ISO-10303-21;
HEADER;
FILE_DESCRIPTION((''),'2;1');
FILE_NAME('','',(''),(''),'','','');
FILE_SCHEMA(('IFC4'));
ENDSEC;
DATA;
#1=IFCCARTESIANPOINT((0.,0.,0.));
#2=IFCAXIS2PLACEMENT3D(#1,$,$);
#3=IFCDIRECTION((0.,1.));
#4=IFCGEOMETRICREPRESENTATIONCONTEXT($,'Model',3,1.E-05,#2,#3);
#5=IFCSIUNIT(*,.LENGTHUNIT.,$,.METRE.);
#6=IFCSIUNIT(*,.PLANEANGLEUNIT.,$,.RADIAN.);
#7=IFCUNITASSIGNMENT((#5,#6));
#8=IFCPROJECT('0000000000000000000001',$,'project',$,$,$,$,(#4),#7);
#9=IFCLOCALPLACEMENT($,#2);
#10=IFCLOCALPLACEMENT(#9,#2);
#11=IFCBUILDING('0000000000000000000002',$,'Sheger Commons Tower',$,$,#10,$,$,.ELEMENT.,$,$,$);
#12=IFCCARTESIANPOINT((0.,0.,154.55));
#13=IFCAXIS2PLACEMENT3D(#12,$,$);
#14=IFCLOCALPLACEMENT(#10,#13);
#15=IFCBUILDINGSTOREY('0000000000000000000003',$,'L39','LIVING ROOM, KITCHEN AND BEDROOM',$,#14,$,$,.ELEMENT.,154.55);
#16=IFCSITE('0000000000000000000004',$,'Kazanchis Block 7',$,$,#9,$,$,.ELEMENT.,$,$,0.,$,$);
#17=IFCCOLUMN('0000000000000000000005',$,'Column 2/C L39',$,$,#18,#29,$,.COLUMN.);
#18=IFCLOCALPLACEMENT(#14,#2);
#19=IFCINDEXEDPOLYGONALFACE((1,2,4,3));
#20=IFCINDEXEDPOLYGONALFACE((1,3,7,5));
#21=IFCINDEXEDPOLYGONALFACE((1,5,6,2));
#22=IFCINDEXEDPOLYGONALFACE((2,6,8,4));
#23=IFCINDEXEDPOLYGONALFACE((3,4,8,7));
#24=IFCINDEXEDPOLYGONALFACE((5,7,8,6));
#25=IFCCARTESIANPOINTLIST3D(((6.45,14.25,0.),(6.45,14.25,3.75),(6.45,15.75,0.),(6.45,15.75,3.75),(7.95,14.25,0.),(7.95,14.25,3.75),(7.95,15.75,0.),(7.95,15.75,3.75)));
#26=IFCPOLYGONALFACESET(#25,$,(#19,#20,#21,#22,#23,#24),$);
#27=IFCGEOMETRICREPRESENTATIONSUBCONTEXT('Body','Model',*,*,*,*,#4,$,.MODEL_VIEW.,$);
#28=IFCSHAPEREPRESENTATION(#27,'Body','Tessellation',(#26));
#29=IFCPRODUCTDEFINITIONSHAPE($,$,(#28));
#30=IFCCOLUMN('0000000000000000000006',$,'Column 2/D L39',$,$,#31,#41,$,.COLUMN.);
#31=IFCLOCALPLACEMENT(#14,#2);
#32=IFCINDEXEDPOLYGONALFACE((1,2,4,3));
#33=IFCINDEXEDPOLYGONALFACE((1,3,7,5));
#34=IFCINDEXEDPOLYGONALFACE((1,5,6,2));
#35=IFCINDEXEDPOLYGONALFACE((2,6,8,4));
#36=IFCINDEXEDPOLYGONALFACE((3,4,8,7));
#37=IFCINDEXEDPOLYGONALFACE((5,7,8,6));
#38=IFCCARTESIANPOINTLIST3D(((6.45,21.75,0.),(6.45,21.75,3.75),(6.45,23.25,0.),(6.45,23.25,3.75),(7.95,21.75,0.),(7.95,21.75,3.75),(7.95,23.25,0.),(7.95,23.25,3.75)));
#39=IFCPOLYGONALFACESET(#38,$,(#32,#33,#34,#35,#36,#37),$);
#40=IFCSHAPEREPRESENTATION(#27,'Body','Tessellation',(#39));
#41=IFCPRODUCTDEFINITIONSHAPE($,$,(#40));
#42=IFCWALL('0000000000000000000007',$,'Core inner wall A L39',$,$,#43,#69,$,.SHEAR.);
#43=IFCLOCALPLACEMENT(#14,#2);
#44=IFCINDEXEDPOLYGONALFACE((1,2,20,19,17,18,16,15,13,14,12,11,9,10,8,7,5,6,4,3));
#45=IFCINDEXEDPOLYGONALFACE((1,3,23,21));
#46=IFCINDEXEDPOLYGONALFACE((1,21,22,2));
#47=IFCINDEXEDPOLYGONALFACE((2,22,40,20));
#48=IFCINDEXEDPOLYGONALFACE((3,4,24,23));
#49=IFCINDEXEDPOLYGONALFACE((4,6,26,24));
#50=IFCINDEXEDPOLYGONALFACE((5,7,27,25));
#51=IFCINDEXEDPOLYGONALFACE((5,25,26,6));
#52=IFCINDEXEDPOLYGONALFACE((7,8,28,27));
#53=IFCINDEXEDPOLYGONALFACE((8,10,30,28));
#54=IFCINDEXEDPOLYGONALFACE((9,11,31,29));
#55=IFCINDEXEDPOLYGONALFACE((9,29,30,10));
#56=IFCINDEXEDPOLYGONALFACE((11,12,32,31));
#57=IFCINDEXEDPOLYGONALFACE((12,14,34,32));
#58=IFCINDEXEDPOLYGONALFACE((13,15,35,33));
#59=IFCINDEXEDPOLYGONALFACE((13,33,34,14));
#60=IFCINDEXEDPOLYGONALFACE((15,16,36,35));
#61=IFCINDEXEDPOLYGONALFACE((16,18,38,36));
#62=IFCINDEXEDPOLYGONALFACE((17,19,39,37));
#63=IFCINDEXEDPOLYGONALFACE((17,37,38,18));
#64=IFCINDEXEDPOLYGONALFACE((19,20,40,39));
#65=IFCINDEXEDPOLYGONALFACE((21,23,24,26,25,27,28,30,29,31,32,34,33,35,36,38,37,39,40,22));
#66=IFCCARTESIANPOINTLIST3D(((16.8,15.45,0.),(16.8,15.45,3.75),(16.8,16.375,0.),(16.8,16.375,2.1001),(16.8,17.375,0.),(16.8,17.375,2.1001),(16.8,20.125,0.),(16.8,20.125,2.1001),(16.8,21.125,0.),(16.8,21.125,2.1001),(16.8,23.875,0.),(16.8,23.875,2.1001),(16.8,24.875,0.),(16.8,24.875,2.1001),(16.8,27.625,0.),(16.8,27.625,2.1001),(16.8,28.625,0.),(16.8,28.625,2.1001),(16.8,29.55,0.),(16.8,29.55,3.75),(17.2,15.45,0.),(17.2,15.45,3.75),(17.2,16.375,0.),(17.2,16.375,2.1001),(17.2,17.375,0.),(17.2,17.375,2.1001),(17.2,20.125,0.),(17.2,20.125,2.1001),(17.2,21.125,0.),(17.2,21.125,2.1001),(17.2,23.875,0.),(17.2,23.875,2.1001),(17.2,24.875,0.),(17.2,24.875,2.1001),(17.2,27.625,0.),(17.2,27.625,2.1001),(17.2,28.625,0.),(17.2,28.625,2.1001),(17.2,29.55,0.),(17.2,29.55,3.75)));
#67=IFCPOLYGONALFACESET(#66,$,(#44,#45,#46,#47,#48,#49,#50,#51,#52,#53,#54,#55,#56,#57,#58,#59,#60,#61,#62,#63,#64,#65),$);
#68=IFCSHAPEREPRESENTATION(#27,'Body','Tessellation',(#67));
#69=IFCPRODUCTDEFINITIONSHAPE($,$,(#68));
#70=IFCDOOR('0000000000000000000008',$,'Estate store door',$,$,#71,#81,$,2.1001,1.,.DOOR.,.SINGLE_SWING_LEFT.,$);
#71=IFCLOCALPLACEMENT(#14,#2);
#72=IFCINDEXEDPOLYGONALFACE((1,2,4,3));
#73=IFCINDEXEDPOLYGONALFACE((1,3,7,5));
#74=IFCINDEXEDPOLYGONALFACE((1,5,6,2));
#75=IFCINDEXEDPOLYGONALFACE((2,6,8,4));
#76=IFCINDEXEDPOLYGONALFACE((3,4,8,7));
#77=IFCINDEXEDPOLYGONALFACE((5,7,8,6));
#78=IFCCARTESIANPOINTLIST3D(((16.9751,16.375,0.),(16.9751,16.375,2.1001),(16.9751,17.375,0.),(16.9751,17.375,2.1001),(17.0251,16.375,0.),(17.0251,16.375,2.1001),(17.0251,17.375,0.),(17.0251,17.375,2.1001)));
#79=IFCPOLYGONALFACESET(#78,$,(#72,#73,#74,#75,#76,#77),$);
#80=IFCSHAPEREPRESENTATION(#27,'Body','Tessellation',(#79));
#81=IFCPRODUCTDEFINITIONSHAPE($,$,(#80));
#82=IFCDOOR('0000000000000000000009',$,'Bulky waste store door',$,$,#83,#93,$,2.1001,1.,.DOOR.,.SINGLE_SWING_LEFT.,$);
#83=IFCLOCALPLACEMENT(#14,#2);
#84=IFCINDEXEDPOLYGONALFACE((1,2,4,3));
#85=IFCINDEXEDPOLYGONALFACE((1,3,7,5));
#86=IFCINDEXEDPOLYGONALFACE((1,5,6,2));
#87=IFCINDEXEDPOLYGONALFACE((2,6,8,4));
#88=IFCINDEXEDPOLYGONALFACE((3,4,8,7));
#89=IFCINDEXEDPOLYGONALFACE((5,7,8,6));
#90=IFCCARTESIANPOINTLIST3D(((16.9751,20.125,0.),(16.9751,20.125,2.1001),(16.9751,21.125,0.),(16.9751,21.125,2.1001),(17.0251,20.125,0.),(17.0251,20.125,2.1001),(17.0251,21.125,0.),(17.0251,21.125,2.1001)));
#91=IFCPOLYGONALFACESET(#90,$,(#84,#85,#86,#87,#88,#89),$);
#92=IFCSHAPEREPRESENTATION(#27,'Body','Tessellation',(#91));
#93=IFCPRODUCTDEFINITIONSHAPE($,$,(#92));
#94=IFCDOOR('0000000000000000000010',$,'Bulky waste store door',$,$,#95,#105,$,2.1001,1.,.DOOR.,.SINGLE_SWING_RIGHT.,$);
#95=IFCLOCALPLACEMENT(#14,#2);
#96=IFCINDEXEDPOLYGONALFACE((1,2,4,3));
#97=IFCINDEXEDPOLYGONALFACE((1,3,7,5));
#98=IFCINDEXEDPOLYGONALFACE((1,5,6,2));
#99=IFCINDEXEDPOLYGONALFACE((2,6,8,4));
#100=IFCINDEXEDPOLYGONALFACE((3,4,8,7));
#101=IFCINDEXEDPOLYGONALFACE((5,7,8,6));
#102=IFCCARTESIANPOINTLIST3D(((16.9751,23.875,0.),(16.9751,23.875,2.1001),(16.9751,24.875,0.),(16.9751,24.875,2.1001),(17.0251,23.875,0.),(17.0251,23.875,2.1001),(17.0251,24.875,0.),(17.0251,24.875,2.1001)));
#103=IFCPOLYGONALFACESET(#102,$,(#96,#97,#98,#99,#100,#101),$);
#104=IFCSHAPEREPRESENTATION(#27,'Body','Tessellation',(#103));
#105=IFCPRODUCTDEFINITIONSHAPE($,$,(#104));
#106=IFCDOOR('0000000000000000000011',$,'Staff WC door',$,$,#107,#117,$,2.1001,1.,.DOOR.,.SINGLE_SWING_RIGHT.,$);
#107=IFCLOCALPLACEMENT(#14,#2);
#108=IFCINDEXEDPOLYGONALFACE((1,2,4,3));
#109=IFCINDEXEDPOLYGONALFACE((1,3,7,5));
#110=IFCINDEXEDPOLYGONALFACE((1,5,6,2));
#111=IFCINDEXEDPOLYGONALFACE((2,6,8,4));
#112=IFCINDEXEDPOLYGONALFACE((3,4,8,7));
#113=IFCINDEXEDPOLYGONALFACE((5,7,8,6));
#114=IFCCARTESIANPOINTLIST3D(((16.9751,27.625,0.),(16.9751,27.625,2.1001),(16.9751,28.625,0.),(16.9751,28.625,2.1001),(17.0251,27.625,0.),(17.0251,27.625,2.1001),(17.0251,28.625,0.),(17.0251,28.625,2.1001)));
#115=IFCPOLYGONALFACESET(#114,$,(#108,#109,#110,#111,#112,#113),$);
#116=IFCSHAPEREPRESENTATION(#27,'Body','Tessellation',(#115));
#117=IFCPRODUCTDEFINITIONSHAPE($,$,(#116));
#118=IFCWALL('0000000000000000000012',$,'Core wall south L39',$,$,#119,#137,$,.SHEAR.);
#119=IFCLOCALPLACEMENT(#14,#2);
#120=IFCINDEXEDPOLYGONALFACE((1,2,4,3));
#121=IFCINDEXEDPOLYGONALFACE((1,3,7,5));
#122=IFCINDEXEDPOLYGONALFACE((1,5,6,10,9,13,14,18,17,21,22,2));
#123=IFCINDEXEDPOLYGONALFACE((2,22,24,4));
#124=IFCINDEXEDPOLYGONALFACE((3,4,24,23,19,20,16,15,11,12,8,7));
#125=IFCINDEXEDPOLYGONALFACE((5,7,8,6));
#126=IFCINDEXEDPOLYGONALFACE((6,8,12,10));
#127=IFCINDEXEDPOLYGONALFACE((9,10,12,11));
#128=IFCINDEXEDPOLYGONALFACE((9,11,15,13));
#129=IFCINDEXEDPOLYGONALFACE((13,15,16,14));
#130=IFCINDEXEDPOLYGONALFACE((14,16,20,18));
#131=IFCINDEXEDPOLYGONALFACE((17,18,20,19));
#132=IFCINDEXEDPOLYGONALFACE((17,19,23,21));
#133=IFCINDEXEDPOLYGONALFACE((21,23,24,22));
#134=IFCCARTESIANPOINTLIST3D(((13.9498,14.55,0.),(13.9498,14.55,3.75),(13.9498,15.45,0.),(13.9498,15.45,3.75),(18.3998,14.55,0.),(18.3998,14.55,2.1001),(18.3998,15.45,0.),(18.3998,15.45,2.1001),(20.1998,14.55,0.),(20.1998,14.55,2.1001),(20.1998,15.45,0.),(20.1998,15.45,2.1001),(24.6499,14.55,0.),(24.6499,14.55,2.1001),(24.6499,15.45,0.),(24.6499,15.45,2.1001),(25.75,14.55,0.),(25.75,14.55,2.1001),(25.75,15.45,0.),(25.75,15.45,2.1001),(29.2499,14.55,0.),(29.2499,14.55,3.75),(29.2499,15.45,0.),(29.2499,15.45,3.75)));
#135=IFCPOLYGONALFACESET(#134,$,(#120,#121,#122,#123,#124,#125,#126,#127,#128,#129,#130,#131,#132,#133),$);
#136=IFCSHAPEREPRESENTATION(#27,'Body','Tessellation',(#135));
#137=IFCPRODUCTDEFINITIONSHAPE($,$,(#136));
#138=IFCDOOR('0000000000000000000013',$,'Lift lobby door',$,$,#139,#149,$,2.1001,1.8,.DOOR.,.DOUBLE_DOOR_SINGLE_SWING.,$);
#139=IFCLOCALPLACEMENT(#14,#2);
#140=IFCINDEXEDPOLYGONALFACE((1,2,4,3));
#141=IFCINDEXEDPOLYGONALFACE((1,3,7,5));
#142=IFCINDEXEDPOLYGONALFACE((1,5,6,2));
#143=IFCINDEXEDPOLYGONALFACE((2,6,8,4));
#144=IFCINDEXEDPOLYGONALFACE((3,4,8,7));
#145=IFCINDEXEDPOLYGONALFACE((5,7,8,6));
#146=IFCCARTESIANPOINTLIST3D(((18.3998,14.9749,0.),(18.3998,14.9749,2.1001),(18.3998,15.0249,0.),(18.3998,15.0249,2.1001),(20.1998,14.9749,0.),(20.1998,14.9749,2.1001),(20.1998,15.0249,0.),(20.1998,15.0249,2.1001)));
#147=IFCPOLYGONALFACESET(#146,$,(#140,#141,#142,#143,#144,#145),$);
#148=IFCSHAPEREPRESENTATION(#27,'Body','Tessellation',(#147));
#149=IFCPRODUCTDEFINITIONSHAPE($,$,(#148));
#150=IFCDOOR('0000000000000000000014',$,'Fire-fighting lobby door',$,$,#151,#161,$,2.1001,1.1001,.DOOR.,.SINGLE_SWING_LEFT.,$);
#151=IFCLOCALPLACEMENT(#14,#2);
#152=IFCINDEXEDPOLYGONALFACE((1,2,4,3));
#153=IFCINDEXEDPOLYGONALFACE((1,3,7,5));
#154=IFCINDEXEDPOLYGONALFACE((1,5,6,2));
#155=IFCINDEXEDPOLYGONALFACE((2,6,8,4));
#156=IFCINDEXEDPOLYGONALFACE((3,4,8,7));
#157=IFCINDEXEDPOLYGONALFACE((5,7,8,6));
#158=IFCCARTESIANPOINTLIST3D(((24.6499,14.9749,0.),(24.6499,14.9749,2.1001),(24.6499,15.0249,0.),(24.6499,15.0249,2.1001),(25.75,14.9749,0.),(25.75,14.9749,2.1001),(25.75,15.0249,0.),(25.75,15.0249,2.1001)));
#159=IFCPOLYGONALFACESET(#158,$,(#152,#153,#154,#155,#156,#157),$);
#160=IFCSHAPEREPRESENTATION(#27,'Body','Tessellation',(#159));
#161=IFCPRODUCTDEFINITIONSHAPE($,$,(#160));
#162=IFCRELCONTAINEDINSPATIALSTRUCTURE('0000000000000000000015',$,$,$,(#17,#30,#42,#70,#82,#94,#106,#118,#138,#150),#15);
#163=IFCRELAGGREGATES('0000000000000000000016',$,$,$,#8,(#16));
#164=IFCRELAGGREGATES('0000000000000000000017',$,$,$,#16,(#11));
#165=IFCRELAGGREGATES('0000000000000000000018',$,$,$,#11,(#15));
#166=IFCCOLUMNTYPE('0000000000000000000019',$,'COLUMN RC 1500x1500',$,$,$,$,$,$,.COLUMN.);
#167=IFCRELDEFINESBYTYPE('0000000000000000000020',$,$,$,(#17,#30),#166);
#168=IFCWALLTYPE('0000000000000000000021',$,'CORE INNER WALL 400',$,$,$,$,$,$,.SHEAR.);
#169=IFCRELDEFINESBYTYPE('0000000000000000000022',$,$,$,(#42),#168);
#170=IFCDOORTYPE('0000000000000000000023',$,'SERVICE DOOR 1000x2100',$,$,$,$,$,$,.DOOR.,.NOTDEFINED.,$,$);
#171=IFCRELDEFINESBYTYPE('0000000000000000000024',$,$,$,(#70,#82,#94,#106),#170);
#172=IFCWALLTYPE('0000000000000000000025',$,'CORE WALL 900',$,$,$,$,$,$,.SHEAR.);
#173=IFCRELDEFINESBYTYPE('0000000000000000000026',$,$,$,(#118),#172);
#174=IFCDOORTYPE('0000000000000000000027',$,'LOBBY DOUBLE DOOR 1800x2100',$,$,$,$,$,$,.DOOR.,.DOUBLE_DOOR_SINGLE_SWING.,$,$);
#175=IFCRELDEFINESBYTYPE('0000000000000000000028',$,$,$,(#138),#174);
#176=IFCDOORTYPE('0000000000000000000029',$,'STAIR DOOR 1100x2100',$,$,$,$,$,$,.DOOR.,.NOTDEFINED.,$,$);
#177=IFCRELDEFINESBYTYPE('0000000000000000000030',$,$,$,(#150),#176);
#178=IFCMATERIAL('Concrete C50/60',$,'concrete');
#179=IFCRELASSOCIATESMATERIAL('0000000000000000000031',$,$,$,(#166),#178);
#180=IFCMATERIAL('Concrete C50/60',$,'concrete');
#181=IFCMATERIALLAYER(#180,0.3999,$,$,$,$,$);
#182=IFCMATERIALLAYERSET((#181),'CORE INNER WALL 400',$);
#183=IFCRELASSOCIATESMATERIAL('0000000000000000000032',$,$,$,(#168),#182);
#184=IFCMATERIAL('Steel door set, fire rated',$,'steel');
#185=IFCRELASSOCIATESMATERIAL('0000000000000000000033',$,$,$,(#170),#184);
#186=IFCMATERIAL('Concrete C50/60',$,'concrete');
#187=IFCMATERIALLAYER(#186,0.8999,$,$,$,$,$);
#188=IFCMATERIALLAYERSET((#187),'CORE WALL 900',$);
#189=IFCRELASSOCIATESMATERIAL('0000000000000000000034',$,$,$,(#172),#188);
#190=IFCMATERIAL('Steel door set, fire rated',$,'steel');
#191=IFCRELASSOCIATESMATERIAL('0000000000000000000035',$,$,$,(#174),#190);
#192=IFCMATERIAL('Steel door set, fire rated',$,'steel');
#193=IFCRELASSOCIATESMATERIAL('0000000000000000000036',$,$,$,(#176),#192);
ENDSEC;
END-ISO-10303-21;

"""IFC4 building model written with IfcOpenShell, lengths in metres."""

from ifc_helpers import new_model, si_unit, direction, frame, frame_2d, origin, origin_2d, place, context, subcontext, project, spatial, rectangle, extrude, material, layer, layer_set, material_profile, profile_set, type_object, element, fill, save


model = new_model("IFC4")

# Units and contexts
model_context = context("Model", 3, precision=1e-05, world=origin(), true_north=direction((0.0, 1.0)))
body_context = subcontext(model_context, "Body", "Model", "MODEL_VIEW")
ifc_project = project(units=[si_unit("LENGTHUNIT", "METRE"), si_unit("PLANEANGLEUNIT", "RADIAN")], contexts=[model_context])

# Site, building, storey
site_placement = place(None, origin())
site = spatial("IfcSite", under=ifc_project, at=site_placement, Name="Kazanchis Block 7", CompositionType="ELEMENT", RefElevation=0.0)
building_placement = place(site_placement, origin())
building = spatial("IfcBuilding", under=site, at=building_placement, Name="Sheger Commons Tower", CompositionType="ELEMENT")
storey_placement = place(building_placement, frame((0.0, 0.0, 154.55)))
storey = spatial("IfcBuildingStorey", under=building, at=storey_placement, Name="L39", Description="LIVING ROOM, KITCHEN AND BEDROOM", CompositionType="ELEMENT", Elevation=154.55)

# Columns
ifc_material_1 = material(Name="Concrete C50/60", Category="concrete")
ifc_material_profile = material_profile(ifc_material_1, rectangle(XDim=1.5, YDim=1.5, at=origin_2d()), Name="RC 1500x1500")
ifc_profile_set = profile_set([ifc_material_profile], Name="Concrete C50/60")
column_type = type_object("IfcColumnType", Name="COLUMN RC 1500x1500", PredefinedType="COLUMN", material=ifc_profile_set)
for number, where, z_axis, x_axis, name in (
    (1, (7.2, 15.0, 0.0), (0.0, 0.0, 1.0), (1.0, 0.0, 0.0), "Column 2/C L39"),
    (2, (7.2, 22.5, 0.0), (0.0, 0.0, 1.0), (1.0, 0.0, 0.0), "Column 2/D L39"),
):
    element("IfcColumn", number, at=place(storey_placement, frame(where, z_axis=z_axis, x_axis=x_axis)), inside=storey, type_object=column_type, Name=name, PredefinedType="COLUMN", context=body_context, shape_type="SweptSolid", body=[
        extrude(rectangle(XDim=1.5, YDim=1.5, at=origin_2d()), origin(), (0.0, 0.0, 1.0), 3.75),
    ])

# Walls, openings, doors
ifc_material_2 = material(Name="Concrete C50/60", Category="concrete")
ifc_layer_1 = layer(ifc_material_2, 0.3999)
ifc_layer_set_1 = layer_set([ifc_layer_1], Name="CORE INNER WALL 400")
wall_type_1 = type_object("IfcWallType", Name="CORE INNER WALL 400", PredefinedType="SHEAR", material=ifc_layer_set_1)
wall_1_placement = place(storey_placement, frame((17.0, 15.45, 0.0), z_axis=(0.0, 0.0, 1.0), x_axis=(0.0, 1.0, 0.0)))
wall_1 = element("IfcWall", 3, at=wall_1_placement, inside=storey, type_object=wall_type_1, Name="Core inner wall A L39", PredefinedType="SHEAR", context=body_context, shape_type="SweptSolid", body=[
    extrude(rectangle(XDim=14.1001, YDim=0.3999, at=frame_2d((7.05, 0.0))), origin(), (0.0, 0.0, 1.0), 3.75),
])
opening_1_placement = place(wall_1_placement, frame((0.925, 0.0, 0.0)))
opening_1 = element("IfcOpeningElement", 4, at=opening_1_placement, cuts=wall_1, PredefinedType="OPENING", context=body_context, shape_type="SweptSolid", body=[
    extrude(rectangle(XDim=1.0, YDim=2.1001, at=frame_2d((0.5, 1.05))), frame((0.0, 0.21, 0.0), z_axis=(0.0, -1.0, 0.0), x_axis=(1.0, 0.0, 0.0)), (0.0, 0.0, 1.0), 0.4199),
])
opening_2_placement = place(wall_1_placement, frame((4.675, 0.0, 0.0)))
opening_2 = element("IfcOpeningElement", 5, at=opening_2_placement, cuts=wall_1, PredefinedType="OPENING", context=body_context, shape_type="SweptSolid", body=[
    extrude(rectangle(XDim=1.0, YDim=2.1001, at=frame_2d((0.5, 1.05))), frame((0.0, 0.21, 0.0), z_axis=(0.0, -1.0, 0.0), x_axis=(1.0, 0.0, 0.0)), (0.0, 0.0, 1.0), 0.4199),
])
opening_3_placement = place(wall_1_placement, frame((8.425, 0.0, 0.0)))
opening_3 = element("IfcOpeningElement", 6, at=opening_3_placement, cuts=wall_1, PredefinedType="OPENING", context=body_context, shape_type="SweptSolid", body=[
    extrude(rectangle(XDim=1.0, YDim=2.1001, at=frame_2d((0.5, 1.05))), frame((0.0, 0.21, 0.0), z_axis=(0.0, -1.0, 0.0), x_axis=(1.0, 0.0, 0.0)), (0.0, 0.0, 1.0), 0.4199),
])
opening_4_placement = place(wall_1_placement, frame((12.175, 0.0, 0.0)))
opening_4 = element("IfcOpeningElement", 7, at=opening_4_placement, cuts=wall_1, PredefinedType="OPENING", context=body_context, shape_type="SweptSolid", body=[
    extrude(rectangle(XDim=1.0, YDim=2.1001, at=frame_2d((0.5, 1.05))), frame((0.0, 0.21, 0.0), z_axis=(0.0, -1.0, 0.0), x_axis=(1.0, 0.0, 0.0)), (0.0, 0.0, 1.0), 0.4199),
])
ifc_material_3 = material(Name="Steel door set, fire rated", Category="steel")
door_type_1 = type_object("IfcDoorType", Name="SERVICE DOOR 1000x2100", OperationType="NOTDEFINED", PredefinedType="DOOR", material=ifc_material_3)
door_1_placement = place(opening_1_placement, origin())
door_1 = element("IfcDoor", 8, at=door_1_placement, inside=storey, type_object=door_type_1, Name="Estate store door", OperationType="SINGLE_SWING_LEFT", OverallHeight=2.1001, OverallWidth=1.0, PredefinedType="DOOR", context=body_context, shape_type="SweptSolid", body=[
    extrude(rectangle(XDim=1.0, YDim=2.1001, at=frame_2d((0.5, 1.05))), frame((0.0, 0.0249, 0.0), z_axis=(0.0, -1.0, 0.0), x_axis=(1.0, 0.0, 0.0)), (0.0, 0.0, 1.0), 0.05),
])
fill(opening_1, door_1)
door_2_placement = place(opening_2_placement, origin())
door_2 = element("IfcDoor", 9, at=door_2_placement, inside=storey, type_object=door_type_1, Name="Bulky waste store door", OperationType="SINGLE_SWING_LEFT", OverallHeight=2.1001, OverallWidth=1.0, PredefinedType="DOOR", context=body_context, shape_type="SweptSolid", body=[
    extrude(rectangle(XDim=1.0, YDim=2.1001, at=frame_2d((0.5, 1.05))), frame((0.0, 0.0249, 0.0), z_axis=(0.0, -1.0, 0.0), x_axis=(1.0, 0.0, 0.0)), (0.0, 0.0, 1.0), 0.05),
])
fill(opening_2, door_2)
door_3_placement = place(opening_3_placement, origin())
door_3 = element("IfcDoor", 10, at=door_3_placement, inside=storey, type_object=door_type_1, Name="Bulky waste store door", OperationType="SINGLE_SWING_RIGHT", OverallHeight=2.1001, OverallWidth=1.0, PredefinedType="DOOR", context=body_context, shape_type="SweptSolid", body=[
    extrude(rectangle(XDim=1.0, YDim=2.1001, at=frame_2d((0.5, 1.05))), frame((0.0, 0.0249, 0.0), z_axis=(0.0, -1.0, 0.0), x_axis=(1.0, 0.0, 0.0)), (0.0, 0.0, 1.0), 0.05),
])
fill(opening_3, door_3)
door_4_placement = place(opening_4_placement, origin())
door_4 = element("IfcDoor", 11, at=door_4_placement, inside=storey, type_object=door_type_1, Name="Staff WC door", OperationType="SINGLE_SWING_RIGHT", OverallHeight=2.1001, OverallWidth=1.0, PredefinedType="DOOR", context=body_context, shape_type="SweptSolid", body=[
    extrude(rectangle(XDim=1.0, YDim=2.1001, at=frame_2d((0.5, 1.05))), frame((0.0, 0.0249, 0.0), z_axis=(0.0, -1.0, 0.0), x_axis=(1.0, 0.0, 0.0)), (0.0, 0.0, 1.0), 0.05),
])
fill(opening_4, door_4)
ifc_material_4 = material(Name="Concrete C50/60", Category="concrete")
ifc_layer_2 = layer(ifc_material_4, 0.8999)
ifc_layer_set_2 = layer_set([ifc_layer_2], Name="CORE WALL 900")
wall_type_2 = type_object("IfcWallType", Name="CORE WALL 900", PredefinedType="SHEAR", material=ifc_layer_set_2)
wall_2_placement = place(storey_placement, frame((13.95, 15.0, 0.0), z_axis=(0.0, 0.0, 1.0), x_axis=(1.0, 0.0, 0.0)))
wall_2 = element("IfcWall", 12, at=wall_2_placement, inside=storey, type_object=wall_type_2, Name="Core wall south L39", PredefinedType="SHEAR", context=body_context, shape_type="SweptSolid", body=[
    extrude(rectangle(XDim=15.3, YDim=0.8999, at=frame_2d((7.6499, 0.0))), origin(), (0.0, 0.0, 1.0), 3.75),
])
opening_5_placement = place(wall_2_placement, frame((4.45, 0.0, 0.0)))
opening_5 = element("IfcOpeningElement", 13, at=opening_5_placement, cuts=wall_2, PredefinedType="OPENING", context=body_context, shape_type="SweptSolid", body=[
    extrude(rectangle(XDim=1.8, YDim=2.1001, at=frame_2d((0.8999, 1.05))), frame((0.0, 0.46, 0.0), z_axis=(0.0, -1.0, 0.0), x_axis=(1.0, 0.0, 0.0)), (0.0, 0.0, 1.0), 0.9199),
])
opening_6_placement = place(wall_2_placement, frame((10.7, 0.0, 0.0)))
opening_6 = element("IfcOpeningElement", 14, at=opening_6_placement, cuts=wall_2, PredefinedType="OPENING", context=body_context, shape_type="SweptSolid", body=[
    extrude(rectangle(XDim=1.1001, YDim=2.1001, at=frame_2d((0.55, 1.05))), frame((0.0, 0.46, 0.0), z_axis=(0.0, -1.0, 0.0), x_axis=(1.0, 0.0, 0.0)), (0.0, 0.0, 1.0), 0.9199),
])
ifc_material_5 = material(Name="Steel door set, fire rated", Category="steel")
door_type_2 = type_object("IfcDoorType", Name="LOBBY DOUBLE DOOR 1800x2100", OperationType="DOUBLE_DOOR_SINGLE_SWING", PredefinedType="DOOR", material=ifc_material_5)
door_5_placement = place(opening_5_placement, origin())
door_5 = element("IfcDoor", 15, at=door_5_placement, inside=storey, type_object=door_type_2, Name="Lift lobby door", OperationType="DOUBLE_DOOR_SINGLE_SWING", OverallHeight=2.1001, OverallWidth=1.8, PredefinedType="DOOR", context=body_context, shape_type="SweptSolid", body=[
    extrude(rectangle(XDim=1.8, YDim=2.1001, at=frame_2d((0.8999, 1.05))), frame((0.0, 0.0249, 0.0), z_axis=(0.0, -1.0, 0.0), x_axis=(1.0, 0.0, 0.0)), (0.0, 0.0, 1.0), 0.05),
])
fill(opening_5, door_5)
ifc_material_6 = material(Name="Steel door set, fire rated", Category="steel")
door_type_3 = type_object("IfcDoorType", Name="STAIR DOOR 1100x2100", OperationType="NOTDEFINED", PredefinedType="DOOR", material=ifc_material_6)
door_6_placement = place(opening_6_placement, origin())
door_6 = element("IfcDoor", 16, at=door_6_placement, inside=storey, type_object=door_type_3, Name="Fire-fighting lobby door", OperationType="SINGLE_SWING_LEFT", OverallHeight=2.1001, OverallWidth=1.1001, PredefinedType="DOOR", context=body_context, shape_type="SweptSolid", body=[
    extrude(rectangle(XDim=1.1001, YDim=2.1001, at=frame_2d((0.55, 1.05))), frame((0.0, 0.0249, 0.0), z_axis=(0.0, -1.0, 0.0), x_axis=(1.0, 0.0, 0.0)), (0.0, 0.0, 1.0), 0.05),
])
fill(opening_6, door_6)

save(model, "model.ifc")
